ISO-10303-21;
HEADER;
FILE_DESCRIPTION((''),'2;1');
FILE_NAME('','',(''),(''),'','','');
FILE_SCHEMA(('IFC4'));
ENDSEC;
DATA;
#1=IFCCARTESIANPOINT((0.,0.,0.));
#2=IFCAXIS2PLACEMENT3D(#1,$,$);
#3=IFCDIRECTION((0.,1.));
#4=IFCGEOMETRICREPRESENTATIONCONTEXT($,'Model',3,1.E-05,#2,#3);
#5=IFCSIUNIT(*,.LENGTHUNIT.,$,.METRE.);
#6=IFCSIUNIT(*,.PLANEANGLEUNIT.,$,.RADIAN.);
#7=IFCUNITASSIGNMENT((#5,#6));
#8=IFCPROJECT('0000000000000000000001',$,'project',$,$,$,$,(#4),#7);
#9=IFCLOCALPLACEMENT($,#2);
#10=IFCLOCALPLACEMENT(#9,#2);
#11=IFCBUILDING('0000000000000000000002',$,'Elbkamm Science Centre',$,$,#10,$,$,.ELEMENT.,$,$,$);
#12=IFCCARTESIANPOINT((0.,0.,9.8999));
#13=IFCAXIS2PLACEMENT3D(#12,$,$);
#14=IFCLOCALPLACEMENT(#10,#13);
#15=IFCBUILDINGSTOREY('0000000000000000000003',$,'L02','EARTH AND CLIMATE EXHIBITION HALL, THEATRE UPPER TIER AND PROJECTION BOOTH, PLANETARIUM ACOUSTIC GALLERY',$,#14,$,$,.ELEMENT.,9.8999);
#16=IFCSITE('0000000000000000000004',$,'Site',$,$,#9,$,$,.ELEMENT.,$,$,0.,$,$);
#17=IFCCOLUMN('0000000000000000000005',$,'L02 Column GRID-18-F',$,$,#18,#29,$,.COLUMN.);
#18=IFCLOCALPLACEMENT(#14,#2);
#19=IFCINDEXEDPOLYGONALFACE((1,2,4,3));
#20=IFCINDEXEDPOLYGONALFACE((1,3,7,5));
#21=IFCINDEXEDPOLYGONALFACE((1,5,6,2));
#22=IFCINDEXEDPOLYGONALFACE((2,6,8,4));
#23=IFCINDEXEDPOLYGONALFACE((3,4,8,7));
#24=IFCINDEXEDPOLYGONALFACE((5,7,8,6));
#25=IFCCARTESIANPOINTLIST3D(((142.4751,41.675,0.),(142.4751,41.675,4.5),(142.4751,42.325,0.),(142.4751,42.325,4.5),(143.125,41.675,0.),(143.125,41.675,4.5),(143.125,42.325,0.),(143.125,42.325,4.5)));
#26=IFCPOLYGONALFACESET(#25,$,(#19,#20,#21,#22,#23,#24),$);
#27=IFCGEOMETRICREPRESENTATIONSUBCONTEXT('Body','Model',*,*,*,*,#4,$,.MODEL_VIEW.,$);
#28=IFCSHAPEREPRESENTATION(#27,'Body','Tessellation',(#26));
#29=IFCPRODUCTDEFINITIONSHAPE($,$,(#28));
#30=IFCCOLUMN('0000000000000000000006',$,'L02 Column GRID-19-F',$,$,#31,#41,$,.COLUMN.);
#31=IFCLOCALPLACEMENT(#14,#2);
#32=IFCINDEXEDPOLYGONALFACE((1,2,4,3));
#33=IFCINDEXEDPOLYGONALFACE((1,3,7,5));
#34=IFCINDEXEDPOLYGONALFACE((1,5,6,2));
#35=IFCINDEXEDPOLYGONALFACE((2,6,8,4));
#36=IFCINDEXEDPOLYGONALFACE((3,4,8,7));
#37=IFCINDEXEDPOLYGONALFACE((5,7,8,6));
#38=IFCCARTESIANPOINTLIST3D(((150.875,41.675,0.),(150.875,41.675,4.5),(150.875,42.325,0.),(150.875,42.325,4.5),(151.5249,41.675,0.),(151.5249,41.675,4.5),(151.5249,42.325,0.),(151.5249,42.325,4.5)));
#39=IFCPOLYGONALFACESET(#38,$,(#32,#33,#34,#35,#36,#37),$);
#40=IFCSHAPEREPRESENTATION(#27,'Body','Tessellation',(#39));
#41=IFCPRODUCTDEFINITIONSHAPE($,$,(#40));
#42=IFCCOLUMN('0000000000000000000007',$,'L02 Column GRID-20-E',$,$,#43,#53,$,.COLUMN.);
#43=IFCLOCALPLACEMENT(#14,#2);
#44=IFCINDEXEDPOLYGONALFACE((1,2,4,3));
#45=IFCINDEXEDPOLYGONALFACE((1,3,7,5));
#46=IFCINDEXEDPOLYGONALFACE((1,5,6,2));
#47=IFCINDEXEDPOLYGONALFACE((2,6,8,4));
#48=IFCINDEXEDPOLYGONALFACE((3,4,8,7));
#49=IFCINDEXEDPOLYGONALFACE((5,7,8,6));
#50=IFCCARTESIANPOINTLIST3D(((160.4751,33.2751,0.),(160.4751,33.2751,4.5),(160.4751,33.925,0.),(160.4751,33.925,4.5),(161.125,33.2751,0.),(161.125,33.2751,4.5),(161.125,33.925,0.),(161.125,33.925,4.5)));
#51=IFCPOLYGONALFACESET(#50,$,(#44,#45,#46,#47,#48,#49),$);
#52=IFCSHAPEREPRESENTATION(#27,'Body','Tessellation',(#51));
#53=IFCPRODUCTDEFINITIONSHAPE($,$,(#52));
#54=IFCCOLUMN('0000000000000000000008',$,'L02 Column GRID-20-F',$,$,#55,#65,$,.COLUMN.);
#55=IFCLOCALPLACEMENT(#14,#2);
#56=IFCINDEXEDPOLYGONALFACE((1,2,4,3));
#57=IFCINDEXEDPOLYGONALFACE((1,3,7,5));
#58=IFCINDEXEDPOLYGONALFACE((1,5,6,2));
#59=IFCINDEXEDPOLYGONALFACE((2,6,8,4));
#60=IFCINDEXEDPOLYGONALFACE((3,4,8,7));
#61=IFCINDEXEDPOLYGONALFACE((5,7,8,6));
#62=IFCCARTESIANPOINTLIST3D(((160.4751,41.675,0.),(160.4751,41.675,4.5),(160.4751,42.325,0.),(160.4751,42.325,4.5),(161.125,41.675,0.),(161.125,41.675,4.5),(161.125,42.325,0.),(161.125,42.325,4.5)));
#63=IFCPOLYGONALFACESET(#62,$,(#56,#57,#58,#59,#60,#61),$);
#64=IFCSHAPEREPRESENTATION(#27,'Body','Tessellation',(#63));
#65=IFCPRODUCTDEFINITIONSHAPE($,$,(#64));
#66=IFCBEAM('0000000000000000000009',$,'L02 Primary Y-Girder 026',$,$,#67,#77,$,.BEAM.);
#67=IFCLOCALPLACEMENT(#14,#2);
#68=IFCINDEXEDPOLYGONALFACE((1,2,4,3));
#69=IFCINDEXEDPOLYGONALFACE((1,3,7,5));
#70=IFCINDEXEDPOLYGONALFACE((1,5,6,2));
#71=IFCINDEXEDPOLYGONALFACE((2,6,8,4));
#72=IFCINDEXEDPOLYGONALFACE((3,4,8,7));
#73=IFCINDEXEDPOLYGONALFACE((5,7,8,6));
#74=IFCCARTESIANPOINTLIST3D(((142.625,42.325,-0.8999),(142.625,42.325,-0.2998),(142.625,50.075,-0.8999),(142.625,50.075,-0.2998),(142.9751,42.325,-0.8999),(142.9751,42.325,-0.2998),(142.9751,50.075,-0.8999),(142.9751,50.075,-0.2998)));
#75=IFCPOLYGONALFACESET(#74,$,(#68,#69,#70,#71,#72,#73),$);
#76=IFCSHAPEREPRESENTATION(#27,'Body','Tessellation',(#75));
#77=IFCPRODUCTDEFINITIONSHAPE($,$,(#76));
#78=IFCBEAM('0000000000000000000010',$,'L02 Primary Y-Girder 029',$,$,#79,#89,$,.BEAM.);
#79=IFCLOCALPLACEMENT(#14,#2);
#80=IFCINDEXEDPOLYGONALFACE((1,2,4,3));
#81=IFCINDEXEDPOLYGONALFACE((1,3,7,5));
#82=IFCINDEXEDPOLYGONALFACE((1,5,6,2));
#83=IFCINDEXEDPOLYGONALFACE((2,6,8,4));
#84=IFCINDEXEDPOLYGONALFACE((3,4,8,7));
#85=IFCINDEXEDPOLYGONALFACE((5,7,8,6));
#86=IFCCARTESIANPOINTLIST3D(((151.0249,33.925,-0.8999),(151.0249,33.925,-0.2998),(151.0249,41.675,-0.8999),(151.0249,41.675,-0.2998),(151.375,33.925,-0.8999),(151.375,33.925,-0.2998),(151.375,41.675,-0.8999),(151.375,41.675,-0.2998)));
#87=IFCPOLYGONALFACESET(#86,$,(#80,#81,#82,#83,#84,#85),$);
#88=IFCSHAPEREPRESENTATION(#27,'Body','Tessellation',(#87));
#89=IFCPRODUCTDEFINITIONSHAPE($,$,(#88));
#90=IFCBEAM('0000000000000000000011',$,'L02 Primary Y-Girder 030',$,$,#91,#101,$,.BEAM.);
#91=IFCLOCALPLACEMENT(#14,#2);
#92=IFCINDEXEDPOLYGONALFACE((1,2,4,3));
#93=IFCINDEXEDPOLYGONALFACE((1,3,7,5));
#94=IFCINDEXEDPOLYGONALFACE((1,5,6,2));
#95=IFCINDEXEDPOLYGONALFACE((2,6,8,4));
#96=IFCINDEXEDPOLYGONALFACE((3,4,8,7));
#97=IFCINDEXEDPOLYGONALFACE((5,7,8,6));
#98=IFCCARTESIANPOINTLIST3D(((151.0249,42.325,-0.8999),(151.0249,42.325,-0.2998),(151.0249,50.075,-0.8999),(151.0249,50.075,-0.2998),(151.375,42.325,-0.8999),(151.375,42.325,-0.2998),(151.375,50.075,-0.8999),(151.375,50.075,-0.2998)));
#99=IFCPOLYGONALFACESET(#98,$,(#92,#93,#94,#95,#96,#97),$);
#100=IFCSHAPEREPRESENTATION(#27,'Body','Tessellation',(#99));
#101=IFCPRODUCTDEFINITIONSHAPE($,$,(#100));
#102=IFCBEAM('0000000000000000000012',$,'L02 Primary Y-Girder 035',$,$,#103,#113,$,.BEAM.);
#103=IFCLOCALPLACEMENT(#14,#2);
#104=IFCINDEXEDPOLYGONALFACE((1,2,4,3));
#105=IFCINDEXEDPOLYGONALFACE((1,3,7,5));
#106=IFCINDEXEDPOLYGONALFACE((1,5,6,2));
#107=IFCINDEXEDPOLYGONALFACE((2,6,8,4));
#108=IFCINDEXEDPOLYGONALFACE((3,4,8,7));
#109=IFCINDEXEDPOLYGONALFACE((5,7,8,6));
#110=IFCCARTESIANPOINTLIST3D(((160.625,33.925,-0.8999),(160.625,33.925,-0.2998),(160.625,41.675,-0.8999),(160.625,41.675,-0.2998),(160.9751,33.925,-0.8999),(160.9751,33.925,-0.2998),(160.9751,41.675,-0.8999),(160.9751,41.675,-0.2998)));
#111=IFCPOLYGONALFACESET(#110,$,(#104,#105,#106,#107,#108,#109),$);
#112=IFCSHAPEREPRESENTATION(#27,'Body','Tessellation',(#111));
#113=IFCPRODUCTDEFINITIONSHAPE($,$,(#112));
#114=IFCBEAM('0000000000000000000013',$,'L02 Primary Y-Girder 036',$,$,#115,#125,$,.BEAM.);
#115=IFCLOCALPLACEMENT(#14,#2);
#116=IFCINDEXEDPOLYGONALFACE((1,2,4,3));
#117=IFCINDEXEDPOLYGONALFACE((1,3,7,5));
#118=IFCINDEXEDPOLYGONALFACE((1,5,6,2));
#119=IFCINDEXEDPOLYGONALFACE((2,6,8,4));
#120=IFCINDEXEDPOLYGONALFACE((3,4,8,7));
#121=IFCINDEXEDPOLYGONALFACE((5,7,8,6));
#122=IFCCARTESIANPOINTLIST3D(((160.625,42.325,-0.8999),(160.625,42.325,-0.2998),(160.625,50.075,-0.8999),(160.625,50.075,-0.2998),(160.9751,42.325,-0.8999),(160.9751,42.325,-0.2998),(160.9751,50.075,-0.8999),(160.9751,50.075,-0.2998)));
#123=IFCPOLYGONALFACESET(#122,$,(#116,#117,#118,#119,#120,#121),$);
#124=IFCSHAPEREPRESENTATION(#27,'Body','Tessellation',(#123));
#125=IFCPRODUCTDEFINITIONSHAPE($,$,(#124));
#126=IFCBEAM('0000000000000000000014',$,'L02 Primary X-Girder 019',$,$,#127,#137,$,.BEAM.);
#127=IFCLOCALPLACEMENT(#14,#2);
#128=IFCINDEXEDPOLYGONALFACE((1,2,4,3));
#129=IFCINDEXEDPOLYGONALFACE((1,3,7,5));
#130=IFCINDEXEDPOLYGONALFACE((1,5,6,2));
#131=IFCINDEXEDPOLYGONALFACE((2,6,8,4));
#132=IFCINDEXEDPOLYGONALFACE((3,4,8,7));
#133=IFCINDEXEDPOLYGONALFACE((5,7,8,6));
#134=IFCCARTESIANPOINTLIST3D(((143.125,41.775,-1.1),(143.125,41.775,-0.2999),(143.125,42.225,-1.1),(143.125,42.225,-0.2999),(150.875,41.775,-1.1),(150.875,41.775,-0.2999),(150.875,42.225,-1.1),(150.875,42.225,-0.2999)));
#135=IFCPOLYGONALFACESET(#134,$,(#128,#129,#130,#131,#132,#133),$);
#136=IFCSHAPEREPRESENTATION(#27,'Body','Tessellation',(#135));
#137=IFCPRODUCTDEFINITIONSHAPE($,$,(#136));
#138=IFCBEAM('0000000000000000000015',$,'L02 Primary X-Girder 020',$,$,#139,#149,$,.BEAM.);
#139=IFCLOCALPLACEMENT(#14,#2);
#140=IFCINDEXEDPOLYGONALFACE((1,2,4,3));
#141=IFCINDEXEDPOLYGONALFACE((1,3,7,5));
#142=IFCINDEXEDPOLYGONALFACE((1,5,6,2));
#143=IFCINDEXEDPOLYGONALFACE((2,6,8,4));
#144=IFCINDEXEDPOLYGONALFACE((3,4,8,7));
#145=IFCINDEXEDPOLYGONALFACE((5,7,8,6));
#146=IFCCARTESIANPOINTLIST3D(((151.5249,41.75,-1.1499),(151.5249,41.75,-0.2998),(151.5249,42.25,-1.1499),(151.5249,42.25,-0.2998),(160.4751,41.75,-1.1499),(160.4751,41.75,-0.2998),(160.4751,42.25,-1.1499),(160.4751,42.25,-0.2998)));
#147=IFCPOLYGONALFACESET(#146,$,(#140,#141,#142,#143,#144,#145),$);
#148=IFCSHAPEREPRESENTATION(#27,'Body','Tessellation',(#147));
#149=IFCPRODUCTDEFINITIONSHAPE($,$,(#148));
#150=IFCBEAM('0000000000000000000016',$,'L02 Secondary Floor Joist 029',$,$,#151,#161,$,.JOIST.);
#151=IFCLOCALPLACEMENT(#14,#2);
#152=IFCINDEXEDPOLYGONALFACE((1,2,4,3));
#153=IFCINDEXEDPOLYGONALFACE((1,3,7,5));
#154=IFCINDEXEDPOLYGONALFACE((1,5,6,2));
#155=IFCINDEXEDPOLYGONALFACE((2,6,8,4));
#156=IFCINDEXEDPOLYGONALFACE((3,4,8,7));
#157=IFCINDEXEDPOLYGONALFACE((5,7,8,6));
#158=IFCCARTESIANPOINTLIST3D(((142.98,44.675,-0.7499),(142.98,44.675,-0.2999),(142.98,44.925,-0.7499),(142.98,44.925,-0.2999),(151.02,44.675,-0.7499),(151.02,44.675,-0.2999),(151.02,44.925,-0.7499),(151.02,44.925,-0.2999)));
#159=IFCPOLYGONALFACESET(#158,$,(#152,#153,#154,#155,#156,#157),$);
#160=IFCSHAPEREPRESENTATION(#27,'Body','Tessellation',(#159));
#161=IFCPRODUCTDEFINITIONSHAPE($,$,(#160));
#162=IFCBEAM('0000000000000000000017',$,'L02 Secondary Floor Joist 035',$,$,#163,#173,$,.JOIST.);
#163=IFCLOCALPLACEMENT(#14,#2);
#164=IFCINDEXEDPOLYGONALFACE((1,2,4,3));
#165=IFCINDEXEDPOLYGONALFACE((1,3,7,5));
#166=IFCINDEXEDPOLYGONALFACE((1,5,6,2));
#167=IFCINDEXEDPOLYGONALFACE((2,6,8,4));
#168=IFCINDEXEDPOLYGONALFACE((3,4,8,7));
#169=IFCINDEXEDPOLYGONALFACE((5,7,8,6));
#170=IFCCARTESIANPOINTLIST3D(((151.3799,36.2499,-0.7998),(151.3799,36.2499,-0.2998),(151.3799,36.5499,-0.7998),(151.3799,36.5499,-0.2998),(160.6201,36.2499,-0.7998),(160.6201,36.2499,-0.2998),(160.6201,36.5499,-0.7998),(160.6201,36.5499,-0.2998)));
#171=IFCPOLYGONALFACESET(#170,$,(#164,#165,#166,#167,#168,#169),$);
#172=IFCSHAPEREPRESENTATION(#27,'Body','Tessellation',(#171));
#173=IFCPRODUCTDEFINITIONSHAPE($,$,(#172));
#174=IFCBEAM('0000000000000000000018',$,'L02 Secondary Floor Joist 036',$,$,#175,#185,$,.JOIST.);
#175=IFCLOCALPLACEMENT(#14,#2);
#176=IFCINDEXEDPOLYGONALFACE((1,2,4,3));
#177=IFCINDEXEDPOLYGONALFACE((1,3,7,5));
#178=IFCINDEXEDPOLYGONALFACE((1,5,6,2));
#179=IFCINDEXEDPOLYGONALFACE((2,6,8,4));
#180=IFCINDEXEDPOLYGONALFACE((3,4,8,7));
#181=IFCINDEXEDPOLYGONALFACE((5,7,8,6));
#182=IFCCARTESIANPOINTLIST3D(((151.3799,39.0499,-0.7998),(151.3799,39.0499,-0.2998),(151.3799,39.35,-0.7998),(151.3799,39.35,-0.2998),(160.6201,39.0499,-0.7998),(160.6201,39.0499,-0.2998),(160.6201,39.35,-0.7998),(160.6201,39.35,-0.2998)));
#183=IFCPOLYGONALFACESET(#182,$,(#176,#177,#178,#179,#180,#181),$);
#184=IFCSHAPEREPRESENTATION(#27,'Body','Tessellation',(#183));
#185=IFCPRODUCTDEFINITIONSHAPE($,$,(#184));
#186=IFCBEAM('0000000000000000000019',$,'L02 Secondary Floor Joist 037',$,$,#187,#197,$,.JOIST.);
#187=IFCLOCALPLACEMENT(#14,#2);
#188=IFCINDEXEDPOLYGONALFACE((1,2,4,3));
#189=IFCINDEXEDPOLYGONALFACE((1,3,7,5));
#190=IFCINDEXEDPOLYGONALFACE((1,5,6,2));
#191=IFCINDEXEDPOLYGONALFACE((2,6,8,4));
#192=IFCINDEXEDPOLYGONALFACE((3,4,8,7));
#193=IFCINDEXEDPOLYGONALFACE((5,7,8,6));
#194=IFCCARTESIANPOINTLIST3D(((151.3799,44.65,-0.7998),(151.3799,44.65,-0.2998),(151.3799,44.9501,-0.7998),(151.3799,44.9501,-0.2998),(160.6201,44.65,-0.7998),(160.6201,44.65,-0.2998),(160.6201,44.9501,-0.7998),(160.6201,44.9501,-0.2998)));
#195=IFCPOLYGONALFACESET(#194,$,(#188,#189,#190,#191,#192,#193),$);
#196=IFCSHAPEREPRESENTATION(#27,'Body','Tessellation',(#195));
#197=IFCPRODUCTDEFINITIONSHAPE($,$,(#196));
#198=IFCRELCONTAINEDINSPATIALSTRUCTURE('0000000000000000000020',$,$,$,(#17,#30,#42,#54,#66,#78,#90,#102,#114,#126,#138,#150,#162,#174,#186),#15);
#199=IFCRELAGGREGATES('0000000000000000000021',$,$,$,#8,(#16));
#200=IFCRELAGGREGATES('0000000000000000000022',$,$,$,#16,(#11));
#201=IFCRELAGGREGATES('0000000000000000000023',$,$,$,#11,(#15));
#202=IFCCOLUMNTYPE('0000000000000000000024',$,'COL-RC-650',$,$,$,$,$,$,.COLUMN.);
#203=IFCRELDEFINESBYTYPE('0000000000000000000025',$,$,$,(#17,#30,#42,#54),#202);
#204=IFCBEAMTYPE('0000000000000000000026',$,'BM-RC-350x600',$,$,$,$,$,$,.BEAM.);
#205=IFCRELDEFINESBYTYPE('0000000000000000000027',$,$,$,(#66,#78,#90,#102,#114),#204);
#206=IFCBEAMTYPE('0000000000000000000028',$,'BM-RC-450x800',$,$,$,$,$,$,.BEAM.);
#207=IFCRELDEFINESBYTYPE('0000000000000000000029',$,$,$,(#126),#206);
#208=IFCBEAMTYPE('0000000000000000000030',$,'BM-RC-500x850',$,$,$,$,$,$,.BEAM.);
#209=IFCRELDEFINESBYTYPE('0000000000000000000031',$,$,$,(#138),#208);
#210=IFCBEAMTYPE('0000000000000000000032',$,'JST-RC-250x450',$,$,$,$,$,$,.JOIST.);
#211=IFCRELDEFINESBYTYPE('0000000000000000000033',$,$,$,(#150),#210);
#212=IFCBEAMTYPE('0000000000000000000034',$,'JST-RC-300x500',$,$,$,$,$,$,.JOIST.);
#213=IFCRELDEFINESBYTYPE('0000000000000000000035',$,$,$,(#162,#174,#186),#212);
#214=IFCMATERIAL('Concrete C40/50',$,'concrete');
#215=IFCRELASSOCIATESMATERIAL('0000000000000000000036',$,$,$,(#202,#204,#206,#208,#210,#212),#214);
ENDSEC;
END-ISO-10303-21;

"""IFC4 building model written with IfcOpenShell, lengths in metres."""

from ifc_helpers import new_model, si_unit, direction, frame, origin, origin_2d, place, context, subcontext, project, spatial, rectangle, extrude, material, material_profile, profile_set, type_object, element, save


model = new_model("IFC4")

# Units and contexts
model_context = context("Model", 3, precision=1e-05, world=origin(), true_north=direction((0.0, 1.0)))
body_context = subcontext(model_context, "Body", "Model", "MODEL_VIEW")
ifc_project = project(units=[si_unit("LENGTHUNIT", "METRE"), si_unit("PLANEANGLEUNIT", "RADIAN")], contexts=[model_context])

# Site, building, storey
site_placement = place(None, origin())
site = spatial("IfcSite", under=ifc_project, at=site_placement, Name="Site", CompositionType="ELEMENT", RefElevation=0.0)
building_placement = place(site_placement, origin())
building = spatial("IfcBuilding", under=site, at=building_placement, Name="Elbkamm Science Centre", CompositionType="ELEMENT")
storey_placement = place(building_placement, frame((0.0, 0.0, 9.8999)))
storey = spatial("IfcBuildingStorey", under=building, at=storey_placement, Name="L02", Description="EARTH AND CLIMATE EXHIBITION HALL, THEATRE UPPER TIER AND PROJECTION BOOTH, PLANETARIUM ACOUSTIC GALLERY", CompositionType="ELEMENT", Elevation=9.8999)

# Columns
ifc_material_1 = material(Name="Concrete C40/50", Category="concrete")
ifc_material_profile_1 = material_profile(ifc_material_1, rectangle(XDim=0.6499, YDim=0.6499, at=origin_2d()), Name="RC 650x650")
ifc_profile_set_1 = profile_set([ifc_material_profile_1], Name="Concrete C40/50")
column_type = type_object("IfcColumnType", Name="COL-RC-650", PredefinedType="COLUMN", material=ifc_profile_set_1)
for number, where, z_axis, x_axis, name in (
    (1, (142.8, 42.0, 0.0), (0.0, 0.0, 1.0), (1.0, 0.0, 0.0), "L02 Column GRID-18-F"),
    (2, (151.2, 42.0, 0.0), (0.0, 0.0, 1.0), (1.0, 0.0, 0.0), "L02 Column GRID-19-F"),
    (3, (160.8, 33.6001, 0.0), (0.0, 0.0, 1.0), (1.0, 0.0, 0.0), "L02 Column GRID-20-E"),
    (4, (160.8, 42.0, 0.0), (0.0, 0.0, 1.0), (1.0, 0.0, 0.0), "L02 Column GRID-20-F"),
):
    element("IfcColumn", number, at=place(storey_placement, frame(where, z_axis=z_axis, x_axis=x_axis)), inside=storey, type_object=column_type, Name=name, PredefinedType="COLUMN", context=body_context, shape_type="SweptSolid", body=[
        extrude(rectangle(XDim=0.6499, YDim=0.6499, at=origin_2d()), origin(), (0.0, 0.0, 1.0), 4.5),
    ])

# Beams
ifc_material_profile_2 = material_profile(ifc_material_1, rectangle(XDim=0.3501, YDim=0.6001, at=origin_2d()), Name="RC 350x600")
ifc_profile_set_2 = profile_set([ifc_material_profile_2], Name="Concrete C40/50")
beam_type_1 = type_object("IfcBeamType", Name="BM-RC-350x600", PredefinedType="BEAM", material=ifc_profile_set_2)
for number, where, z_axis, x_axis, name in (
    (5, (142.8, 42.325, -0.5999), (0.0, 1.0, 0.0), (-1.0, 0.0, 0.0), "L02 Primary Y-Girder 026"),
    (6, (151.2, 33.925, -0.5999), (0.0, 1.0, 0.0), (-1.0, 0.0, 0.0), "L02 Primary Y-Girder 029"),
    (7, (151.2, 42.325, -0.5999), (0.0, 1.0, 0.0), (-1.0, 0.0, 0.0), "L02 Primary Y-Girder 030"),
    (8, (160.8, 33.925, -0.5999), (0.0, 1.0, 0.0), (-1.0, 0.0, 0.0), "L02 Primary Y-Girder 035"),
    (9, (160.8, 42.325, -0.5999), (0.0, 1.0, 0.0), (-1.0, 0.0, 0.0), "L02 Primary Y-Girder 036"),
):
    element("IfcBeam", number, at=place(storey_placement, frame(where, z_axis=z_axis, x_axis=x_axis)), inside=storey, type_object=beam_type_1, Name=name, PredefinedType="BEAM", context=body_context, shape_type="SweptSolid", body=[
        extrude(rectangle(XDim=0.3501, YDim=0.6001, at=origin_2d()), origin(), (0.0, 0.0, 1.0), 7.75),
    ])
ifc_material_profile_3 = material_profile(ifc_material_1, rectangle(XDim=0.45, YDim=0.8, at=origin_2d()), Name="RC 450x800")
ifc_profile_set_3 = profile_set([ifc_material_profile_3], Name="Concrete C40/50")
beam_type_2 = type_object("IfcBeamType", Name="BM-RC-450x800", PredefinedType="BEAM", material=ifc_profile_set_3)
beam_1_placement = place(storey_placement, frame((143.125, 42.0, -0.7), z_axis=(1.0, 0.0, 0.0), x_axis=(0.0, 1.0, 0.0)))
element("IfcBeam", 10, at=beam_1_placement, inside=storey, type_object=beam_type_2, Name="L02 Primary X-Girder 019", PredefinedType="BEAM", context=body_context, shape_type="SweptSolid", body=[
    extrude(rectangle(XDim=0.45, YDim=0.8, at=origin_2d()), origin(), (0.0, 0.0, 1.0), 7.75),
])
ifc_material_profile_4 = material_profile(ifc_material_1, rectangle(XDim=0.5, YDim=0.8501, at=origin_2d()), Name="RC 500x850")
ifc_profile_set_4 = profile_set([ifc_material_profile_4], Name="Concrete C40/50")
beam_type_3 = type_object("IfcBeamType", Name="BM-RC-500x850", PredefinedType="BEAM", material=ifc_profile_set_4)
beam_2_placement = place(storey_placement, frame((151.5249, 42.0, -0.7249), z_axis=(1.0, 0.0, 0.0), x_axis=(0.0, 1.0, 0.0)))
element("IfcBeam", 11, at=beam_2_placement, inside=storey, type_object=beam_type_3, Name="L02 Primary X-Girder 020", PredefinedType="BEAM", context=body_context, shape_type="SweptSolid", body=[
    extrude(rectangle(XDim=0.5, YDim=0.8501, at=origin_2d()), origin(), (0.0, 0.0, 1.0), 8.9502),
])
ifc_material_profile_5 = material_profile(ifc_material_1, rectangle(XDim=0.25, YDim=0.45, at=origin_2d()), Name="RC 250x450")
ifc_profile_set_5 = profile_set([ifc_material_profile_5], Name="Concrete C40/50")
beam_type_4 = type_object("IfcBeamType", Name="JST-RC-250x450", PredefinedType="JOIST", material=ifc_profile_set_5)
beam_3_placement = place(storey_placement, frame((142.98, 44.8, -0.5249), z_axis=(1.0, 0.0, 0.0), x_axis=(0.0, 1.0, 0.0)))
element("IfcBeam", 12, at=beam_3_placement, inside=storey, type_object=beam_type_4, Name="L02 Secondary Floor Joist 029", PredefinedType="JOIST", context=body_context, shape_type="SweptSolid", body=[
    extrude(rectangle(XDim=0.25, YDim=0.45, at=origin_2d()), origin(), (0.0, 0.0, 1.0), 8.04),
])
ifc_material_profile_6 = material_profile(ifc_material_1, rectangle(XDim=0.3, YDim=0.5, at=origin_2d()), Name="RC 300x500")
ifc_profile_set_6 = profile_set([ifc_material_profile_6], Name="Concrete C40/50")
beam_type_5 = type_object("IfcBeamType", Name="JST-RC-300x500", PredefinedType="JOIST", material=ifc_profile_set_6)
for number, where, z_axis, x_axis, name in (
    (13, (151.3799, 36.3999, -0.5498), (1.0, 0.0, 0.0), (0.0, 1.0, 0.0), "L02 Secondary Floor Joist 035"),
    (14, (151.3799, 39.2, -0.5498), (1.0, 0.0, 0.0), (0.0, 1.0, 0.0), "L02 Secondary Floor Joist 036"),
    (15, (151.3799, 44.8, -0.5498), (1.0, 0.0, 0.0), (0.0, 1.0, 0.0), "L02 Secondary Floor Joist 037"),
):
    element("IfcBeam", number, at=place(storey_placement, frame(where, z_axis=z_axis, x_axis=x_axis)), inside=storey, type_object=beam_type_5, Name=name, PredefinedType="JOIST", context=body_context, shape_type="SweptSolid", body=[
        extrude(rectangle(XDim=0.3, YDim=0.5, at=origin_2d()), origin(), (0.0, 0.0, 1.0), 9.2402),
    ])

save(model, "model.ifc")
